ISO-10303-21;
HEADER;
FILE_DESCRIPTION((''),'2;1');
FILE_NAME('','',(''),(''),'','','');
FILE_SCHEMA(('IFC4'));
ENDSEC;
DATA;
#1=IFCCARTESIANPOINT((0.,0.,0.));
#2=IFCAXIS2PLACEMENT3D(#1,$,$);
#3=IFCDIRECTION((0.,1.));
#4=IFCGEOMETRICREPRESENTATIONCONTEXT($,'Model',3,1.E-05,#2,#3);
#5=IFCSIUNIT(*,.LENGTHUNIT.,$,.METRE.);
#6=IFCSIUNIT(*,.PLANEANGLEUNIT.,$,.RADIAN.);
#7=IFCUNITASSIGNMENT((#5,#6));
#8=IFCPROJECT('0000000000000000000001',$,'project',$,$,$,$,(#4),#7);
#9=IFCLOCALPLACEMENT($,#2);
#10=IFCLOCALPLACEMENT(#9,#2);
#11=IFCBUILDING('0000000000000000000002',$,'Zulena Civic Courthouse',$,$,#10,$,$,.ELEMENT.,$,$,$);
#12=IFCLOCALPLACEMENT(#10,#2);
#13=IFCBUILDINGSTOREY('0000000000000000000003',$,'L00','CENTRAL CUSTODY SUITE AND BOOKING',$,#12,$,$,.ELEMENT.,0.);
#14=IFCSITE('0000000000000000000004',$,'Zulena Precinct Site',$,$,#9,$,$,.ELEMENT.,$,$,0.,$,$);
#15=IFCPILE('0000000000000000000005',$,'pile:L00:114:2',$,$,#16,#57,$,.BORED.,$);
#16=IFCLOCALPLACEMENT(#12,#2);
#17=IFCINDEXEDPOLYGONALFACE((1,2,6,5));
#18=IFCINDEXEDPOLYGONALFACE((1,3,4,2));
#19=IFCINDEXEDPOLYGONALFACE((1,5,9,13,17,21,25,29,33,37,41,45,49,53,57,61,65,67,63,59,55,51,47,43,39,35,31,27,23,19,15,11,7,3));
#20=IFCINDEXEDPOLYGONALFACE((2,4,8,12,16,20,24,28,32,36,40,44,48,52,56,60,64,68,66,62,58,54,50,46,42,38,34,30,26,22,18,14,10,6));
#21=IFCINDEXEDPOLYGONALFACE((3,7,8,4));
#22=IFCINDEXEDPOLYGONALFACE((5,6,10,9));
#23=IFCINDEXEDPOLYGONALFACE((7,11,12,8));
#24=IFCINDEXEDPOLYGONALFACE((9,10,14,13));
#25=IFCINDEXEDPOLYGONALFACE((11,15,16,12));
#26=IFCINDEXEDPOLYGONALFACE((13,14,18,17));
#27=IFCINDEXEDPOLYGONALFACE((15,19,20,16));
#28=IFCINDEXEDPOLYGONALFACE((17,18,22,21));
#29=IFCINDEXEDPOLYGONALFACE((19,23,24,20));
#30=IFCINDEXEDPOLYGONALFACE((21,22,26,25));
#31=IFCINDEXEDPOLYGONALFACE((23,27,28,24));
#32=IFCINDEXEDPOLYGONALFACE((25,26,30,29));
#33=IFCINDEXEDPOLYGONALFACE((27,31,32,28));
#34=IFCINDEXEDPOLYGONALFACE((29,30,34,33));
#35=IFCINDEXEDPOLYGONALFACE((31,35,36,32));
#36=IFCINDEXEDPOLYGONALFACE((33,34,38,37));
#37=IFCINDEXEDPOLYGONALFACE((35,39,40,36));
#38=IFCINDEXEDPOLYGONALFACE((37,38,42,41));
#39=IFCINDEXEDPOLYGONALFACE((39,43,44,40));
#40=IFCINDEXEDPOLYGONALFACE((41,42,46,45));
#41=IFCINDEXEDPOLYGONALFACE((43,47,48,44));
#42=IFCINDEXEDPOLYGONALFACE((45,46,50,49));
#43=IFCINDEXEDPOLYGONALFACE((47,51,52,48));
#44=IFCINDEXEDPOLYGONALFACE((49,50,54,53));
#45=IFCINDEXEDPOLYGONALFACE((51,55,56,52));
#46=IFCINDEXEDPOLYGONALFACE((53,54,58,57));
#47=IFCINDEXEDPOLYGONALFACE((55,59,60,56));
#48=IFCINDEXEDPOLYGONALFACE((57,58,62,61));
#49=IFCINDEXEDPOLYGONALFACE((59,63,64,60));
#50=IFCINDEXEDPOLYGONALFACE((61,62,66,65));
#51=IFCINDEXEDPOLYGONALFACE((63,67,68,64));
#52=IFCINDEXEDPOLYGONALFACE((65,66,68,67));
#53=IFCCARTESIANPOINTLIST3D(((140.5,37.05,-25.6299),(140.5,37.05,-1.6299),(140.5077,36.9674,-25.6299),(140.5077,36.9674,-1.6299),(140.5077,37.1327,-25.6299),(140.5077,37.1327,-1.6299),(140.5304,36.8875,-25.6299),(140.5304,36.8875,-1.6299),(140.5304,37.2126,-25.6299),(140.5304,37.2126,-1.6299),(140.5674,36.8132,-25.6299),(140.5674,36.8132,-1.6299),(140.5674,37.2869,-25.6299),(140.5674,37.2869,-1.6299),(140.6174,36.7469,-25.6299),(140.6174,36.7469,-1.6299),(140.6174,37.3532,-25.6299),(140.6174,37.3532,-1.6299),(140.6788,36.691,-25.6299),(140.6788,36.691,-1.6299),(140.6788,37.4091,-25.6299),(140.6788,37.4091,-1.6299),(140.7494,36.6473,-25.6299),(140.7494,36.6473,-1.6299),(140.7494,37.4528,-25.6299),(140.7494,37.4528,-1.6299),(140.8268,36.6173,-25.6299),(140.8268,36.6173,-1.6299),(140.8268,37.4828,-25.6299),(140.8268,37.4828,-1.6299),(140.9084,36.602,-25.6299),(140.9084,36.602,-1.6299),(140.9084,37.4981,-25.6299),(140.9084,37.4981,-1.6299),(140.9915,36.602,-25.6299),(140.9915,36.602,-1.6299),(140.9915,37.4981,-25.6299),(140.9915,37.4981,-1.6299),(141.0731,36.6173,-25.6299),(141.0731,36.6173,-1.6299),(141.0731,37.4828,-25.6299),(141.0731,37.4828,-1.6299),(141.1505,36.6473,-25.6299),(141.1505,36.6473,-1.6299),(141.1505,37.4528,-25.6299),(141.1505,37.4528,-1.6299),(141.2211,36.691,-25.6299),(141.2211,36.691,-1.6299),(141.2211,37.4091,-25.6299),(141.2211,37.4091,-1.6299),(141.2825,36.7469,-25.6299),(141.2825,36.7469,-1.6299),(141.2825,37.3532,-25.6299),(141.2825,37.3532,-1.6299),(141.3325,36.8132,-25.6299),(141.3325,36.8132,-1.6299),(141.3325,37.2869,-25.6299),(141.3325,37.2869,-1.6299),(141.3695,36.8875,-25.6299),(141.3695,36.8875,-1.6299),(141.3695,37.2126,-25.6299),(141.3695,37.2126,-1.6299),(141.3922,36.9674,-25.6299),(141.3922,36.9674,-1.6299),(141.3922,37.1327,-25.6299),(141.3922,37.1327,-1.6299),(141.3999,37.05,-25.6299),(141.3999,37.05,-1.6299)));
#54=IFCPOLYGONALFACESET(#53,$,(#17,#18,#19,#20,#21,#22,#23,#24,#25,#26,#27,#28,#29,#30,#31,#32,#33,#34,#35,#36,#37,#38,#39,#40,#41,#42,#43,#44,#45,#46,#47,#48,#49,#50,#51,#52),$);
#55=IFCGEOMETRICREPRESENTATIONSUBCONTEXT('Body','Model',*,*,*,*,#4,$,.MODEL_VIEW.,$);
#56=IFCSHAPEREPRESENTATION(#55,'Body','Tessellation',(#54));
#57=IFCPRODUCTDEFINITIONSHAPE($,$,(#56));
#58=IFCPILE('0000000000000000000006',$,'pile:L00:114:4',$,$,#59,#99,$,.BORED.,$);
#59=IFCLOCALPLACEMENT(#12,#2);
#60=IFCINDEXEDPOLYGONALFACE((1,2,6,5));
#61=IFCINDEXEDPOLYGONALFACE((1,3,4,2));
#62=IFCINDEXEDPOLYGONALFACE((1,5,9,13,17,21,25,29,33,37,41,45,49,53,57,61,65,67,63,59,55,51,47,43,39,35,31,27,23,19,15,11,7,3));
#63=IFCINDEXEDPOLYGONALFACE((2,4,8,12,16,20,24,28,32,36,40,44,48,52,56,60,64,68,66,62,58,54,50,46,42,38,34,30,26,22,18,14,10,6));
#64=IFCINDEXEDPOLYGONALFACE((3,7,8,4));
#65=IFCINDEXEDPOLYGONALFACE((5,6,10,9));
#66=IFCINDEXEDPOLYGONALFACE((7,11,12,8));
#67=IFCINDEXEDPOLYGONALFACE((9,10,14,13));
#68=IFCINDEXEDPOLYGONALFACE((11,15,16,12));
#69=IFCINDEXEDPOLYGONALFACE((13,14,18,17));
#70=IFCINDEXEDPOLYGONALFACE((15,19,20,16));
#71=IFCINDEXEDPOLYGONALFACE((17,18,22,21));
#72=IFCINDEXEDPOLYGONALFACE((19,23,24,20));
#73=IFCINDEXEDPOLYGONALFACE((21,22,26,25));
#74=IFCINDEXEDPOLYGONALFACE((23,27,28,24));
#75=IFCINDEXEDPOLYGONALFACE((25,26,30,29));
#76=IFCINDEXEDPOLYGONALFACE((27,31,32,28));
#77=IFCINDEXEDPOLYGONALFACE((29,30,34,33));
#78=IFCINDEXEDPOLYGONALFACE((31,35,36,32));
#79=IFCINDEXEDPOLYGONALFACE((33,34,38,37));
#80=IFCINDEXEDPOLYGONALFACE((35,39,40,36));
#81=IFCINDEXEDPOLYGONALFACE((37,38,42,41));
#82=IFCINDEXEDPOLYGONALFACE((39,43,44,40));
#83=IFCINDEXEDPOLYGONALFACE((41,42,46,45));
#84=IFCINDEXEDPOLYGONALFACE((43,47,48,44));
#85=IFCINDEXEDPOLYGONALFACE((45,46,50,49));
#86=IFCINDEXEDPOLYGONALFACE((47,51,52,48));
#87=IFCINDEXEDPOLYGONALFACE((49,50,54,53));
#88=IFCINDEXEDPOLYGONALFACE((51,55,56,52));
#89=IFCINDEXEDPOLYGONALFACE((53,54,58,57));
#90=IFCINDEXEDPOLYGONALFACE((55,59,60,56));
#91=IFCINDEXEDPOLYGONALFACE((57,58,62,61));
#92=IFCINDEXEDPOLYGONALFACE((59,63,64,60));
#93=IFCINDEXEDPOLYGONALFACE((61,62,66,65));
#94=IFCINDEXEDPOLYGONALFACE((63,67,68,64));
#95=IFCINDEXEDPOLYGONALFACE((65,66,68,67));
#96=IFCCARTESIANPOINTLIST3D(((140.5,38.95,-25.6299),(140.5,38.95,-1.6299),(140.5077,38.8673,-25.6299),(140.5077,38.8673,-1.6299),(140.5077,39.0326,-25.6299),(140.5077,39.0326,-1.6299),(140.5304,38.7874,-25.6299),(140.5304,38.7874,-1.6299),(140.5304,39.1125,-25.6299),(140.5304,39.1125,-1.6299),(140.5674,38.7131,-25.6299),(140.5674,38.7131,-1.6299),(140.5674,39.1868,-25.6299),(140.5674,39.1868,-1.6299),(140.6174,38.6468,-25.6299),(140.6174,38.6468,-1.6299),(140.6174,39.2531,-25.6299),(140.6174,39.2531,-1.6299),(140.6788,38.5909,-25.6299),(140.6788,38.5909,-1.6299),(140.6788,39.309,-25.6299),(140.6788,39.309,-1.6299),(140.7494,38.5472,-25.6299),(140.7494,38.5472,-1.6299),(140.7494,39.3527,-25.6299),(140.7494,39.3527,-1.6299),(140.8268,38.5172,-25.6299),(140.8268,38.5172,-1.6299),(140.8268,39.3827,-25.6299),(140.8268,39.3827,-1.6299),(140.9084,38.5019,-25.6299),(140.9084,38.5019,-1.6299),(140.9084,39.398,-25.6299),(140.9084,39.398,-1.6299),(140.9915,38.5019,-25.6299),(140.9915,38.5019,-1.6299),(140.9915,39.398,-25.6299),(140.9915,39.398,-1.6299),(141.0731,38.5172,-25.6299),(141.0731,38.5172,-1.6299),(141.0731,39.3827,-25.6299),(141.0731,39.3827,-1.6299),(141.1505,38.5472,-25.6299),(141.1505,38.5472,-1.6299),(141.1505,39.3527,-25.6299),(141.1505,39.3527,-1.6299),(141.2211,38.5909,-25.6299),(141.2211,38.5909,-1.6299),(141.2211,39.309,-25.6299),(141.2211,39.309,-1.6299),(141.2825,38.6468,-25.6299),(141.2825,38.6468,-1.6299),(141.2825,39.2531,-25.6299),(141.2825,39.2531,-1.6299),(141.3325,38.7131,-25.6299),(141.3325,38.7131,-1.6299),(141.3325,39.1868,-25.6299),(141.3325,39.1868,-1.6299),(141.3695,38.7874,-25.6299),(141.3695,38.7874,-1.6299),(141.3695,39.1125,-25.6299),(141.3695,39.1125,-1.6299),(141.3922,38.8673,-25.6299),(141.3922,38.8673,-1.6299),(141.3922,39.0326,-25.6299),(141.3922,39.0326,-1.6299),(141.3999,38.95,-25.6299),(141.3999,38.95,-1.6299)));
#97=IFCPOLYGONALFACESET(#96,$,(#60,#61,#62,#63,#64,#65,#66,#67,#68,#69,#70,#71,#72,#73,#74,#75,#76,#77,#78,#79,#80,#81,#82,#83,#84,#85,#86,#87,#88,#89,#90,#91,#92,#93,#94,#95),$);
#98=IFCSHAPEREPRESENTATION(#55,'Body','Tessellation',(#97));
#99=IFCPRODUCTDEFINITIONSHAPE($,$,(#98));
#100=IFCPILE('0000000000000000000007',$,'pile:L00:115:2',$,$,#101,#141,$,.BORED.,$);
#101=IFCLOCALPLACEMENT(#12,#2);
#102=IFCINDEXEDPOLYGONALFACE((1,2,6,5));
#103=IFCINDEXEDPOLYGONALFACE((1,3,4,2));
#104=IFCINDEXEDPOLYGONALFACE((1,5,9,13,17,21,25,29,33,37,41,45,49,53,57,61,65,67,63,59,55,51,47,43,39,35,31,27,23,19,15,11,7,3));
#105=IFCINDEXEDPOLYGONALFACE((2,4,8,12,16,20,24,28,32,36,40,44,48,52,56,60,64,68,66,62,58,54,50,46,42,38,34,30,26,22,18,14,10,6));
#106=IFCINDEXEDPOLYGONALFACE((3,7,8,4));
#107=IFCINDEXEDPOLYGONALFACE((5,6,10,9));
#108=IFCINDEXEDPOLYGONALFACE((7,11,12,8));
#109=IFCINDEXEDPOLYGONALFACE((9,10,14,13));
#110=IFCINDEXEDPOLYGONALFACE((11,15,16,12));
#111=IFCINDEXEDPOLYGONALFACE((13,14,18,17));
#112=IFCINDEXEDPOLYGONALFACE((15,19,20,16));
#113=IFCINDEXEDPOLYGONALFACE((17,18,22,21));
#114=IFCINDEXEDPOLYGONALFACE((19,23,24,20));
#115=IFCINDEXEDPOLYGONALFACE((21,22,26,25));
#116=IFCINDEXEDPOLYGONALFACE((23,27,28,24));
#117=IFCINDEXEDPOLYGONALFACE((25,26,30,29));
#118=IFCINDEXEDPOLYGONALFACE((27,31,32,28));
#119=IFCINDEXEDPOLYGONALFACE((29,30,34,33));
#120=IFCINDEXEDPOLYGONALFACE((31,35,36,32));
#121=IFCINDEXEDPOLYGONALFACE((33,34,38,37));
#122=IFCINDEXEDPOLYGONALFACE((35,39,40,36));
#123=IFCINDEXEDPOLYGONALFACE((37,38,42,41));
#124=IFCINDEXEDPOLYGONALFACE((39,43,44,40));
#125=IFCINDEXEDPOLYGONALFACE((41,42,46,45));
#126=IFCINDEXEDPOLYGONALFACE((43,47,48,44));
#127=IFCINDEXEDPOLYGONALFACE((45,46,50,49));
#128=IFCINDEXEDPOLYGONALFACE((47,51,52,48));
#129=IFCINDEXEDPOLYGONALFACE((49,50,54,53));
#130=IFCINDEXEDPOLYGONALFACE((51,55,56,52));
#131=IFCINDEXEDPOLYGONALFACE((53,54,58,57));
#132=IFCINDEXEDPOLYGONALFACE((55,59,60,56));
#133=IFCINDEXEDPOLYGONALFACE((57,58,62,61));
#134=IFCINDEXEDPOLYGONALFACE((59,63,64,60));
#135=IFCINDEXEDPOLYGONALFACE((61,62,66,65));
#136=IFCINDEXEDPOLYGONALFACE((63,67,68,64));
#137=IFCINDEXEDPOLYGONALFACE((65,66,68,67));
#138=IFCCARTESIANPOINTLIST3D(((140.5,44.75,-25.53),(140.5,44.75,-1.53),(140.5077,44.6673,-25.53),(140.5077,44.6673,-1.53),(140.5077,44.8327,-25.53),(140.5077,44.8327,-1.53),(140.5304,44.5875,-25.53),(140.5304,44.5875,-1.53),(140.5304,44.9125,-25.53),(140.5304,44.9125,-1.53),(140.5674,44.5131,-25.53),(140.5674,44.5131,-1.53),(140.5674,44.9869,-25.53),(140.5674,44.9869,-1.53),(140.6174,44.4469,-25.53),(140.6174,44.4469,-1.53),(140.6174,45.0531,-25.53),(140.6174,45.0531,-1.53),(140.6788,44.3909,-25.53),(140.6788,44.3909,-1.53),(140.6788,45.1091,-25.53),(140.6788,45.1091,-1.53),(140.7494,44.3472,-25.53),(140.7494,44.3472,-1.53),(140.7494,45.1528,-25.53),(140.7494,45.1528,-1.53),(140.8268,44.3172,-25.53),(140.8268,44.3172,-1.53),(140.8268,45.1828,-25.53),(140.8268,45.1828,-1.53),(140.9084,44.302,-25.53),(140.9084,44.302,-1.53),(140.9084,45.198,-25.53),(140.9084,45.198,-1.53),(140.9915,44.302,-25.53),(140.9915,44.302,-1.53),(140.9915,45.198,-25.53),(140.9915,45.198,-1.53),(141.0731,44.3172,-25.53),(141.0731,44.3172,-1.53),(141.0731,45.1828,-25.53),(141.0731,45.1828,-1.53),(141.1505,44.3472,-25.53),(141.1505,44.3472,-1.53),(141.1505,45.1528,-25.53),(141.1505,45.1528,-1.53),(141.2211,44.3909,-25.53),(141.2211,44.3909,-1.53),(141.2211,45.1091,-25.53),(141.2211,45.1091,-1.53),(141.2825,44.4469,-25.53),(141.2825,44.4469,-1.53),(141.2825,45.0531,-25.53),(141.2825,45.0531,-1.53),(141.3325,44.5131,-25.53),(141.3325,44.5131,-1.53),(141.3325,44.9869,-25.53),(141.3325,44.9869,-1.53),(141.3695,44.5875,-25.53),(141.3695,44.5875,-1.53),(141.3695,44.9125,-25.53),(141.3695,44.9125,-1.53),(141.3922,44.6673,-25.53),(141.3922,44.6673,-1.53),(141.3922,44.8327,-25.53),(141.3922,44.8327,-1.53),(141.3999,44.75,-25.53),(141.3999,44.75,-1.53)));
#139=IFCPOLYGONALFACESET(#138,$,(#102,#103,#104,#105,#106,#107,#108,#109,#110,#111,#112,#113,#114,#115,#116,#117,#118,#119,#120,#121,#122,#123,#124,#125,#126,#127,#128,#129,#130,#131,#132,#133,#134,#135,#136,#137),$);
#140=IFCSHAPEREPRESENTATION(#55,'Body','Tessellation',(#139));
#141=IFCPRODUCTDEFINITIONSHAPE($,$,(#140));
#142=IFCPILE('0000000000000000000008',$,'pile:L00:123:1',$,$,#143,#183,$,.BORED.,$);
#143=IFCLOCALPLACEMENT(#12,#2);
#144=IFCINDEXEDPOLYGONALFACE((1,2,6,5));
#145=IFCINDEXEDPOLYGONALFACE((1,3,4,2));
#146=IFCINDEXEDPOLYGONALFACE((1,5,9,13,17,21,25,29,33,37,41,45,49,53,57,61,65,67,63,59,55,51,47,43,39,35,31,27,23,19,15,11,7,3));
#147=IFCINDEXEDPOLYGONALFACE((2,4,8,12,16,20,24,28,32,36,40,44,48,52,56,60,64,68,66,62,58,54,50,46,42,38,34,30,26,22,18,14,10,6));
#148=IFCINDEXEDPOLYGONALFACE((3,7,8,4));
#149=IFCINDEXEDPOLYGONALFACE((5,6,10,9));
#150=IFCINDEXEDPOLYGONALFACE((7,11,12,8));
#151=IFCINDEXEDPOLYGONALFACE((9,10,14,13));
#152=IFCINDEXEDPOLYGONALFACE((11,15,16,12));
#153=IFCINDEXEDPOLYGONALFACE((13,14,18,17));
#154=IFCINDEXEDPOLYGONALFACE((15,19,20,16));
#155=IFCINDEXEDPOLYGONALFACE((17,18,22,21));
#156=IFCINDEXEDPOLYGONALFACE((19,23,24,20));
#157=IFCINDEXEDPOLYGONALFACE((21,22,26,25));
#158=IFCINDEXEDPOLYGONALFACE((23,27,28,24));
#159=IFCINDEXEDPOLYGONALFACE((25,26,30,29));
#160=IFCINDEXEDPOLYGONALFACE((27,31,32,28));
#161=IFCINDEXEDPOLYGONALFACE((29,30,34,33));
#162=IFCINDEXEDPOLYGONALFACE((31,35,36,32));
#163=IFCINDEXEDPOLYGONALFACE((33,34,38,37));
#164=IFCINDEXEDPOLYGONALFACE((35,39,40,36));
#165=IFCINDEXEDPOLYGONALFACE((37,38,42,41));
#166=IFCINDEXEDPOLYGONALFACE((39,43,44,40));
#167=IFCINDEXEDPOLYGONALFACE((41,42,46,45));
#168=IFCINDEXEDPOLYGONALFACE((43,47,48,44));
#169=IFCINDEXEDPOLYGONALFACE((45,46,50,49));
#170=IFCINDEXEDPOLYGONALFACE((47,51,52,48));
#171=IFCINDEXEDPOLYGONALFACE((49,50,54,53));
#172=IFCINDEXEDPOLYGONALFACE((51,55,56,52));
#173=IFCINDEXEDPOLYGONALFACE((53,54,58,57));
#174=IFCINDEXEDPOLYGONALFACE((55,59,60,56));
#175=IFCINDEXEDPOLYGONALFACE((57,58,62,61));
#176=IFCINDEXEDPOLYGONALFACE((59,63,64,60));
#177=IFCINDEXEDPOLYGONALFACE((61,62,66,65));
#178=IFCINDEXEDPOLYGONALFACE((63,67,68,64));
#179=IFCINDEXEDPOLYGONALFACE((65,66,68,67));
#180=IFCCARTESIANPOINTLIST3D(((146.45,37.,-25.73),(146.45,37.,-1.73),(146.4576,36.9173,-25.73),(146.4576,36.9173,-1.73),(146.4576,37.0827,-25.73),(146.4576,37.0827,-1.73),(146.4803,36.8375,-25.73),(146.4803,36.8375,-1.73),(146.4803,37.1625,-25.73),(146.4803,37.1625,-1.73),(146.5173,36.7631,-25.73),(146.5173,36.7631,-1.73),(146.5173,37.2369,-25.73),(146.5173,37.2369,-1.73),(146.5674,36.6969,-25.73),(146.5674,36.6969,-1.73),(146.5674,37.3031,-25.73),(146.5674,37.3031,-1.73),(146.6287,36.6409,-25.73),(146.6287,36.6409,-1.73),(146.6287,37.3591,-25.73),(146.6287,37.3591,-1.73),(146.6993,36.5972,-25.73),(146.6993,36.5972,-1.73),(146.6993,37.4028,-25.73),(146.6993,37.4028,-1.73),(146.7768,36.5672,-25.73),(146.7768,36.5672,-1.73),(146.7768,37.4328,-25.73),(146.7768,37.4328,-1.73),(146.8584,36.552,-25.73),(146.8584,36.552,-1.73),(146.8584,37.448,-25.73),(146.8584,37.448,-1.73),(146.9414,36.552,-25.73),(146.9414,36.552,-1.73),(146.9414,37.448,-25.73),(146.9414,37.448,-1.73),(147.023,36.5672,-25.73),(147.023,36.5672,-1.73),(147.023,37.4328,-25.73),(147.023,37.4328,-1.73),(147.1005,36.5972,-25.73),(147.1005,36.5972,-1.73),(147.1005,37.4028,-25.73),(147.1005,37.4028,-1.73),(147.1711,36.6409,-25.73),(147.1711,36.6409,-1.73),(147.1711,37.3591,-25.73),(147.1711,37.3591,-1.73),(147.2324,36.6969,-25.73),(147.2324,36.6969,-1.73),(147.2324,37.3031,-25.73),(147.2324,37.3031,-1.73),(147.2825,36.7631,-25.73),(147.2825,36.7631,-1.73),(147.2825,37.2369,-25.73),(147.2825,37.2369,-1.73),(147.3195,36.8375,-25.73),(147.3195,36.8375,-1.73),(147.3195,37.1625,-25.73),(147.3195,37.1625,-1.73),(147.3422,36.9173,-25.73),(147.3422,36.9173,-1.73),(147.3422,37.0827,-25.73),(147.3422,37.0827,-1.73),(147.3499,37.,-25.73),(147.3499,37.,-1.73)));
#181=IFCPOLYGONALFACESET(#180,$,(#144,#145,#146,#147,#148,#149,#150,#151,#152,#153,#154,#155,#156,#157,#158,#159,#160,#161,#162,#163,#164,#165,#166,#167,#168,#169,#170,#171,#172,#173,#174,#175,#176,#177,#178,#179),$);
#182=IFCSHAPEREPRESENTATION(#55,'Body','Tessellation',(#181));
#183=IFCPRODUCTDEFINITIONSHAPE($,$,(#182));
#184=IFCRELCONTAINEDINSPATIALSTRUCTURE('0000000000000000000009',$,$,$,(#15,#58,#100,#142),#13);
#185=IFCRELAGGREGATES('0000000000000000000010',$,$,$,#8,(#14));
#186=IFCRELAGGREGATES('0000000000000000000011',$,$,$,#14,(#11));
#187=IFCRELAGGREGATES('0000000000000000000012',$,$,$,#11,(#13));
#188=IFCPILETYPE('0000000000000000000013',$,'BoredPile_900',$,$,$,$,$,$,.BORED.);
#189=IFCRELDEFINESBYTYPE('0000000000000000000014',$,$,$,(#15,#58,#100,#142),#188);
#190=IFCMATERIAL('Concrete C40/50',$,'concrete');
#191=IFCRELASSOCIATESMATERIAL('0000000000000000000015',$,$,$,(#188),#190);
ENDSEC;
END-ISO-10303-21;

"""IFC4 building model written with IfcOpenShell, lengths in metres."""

from ifc_helpers import new_model, si_unit, direction, frame, origin, origin_2d, place, context, subcontext, project, spatial, circle, extrude, material, material_profile, profile_set, type_object, element, save


model = new_model("IFC4")

# Units and contexts
model_context = context("Model", 3, precision=1e-05, world=origin(), true_north=direction((0.0, 1.0)))
body_context = subcontext(model_context, "Body", "Model", "MODEL_VIEW")
ifc_project = project(units=[si_unit("LENGTHUNIT", "METRE"), si_unit("PLANEANGLEUNIT", "RADIAN")], contexts=[model_context])

# Site, building, storey
site_placement = place(None, origin())
site = spatial("IfcSite", under=ifc_project, at=site_placement, Name="Zulena Precinct Site", CompositionType="ELEMENT", RefElevation=0.0)
building_placement = place(site_placement, origin())
building = spatial("IfcBuilding", under=site, at=building_placement, Name="Zulena Civic Courthouse", CompositionType="ELEMENT")
storey_placement = place(building_placement, origin())
storey = spatial("IfcBuildingStorey", under=building, at=storey_placement, Name="L00", Description="CENTRAL CUSTODY SUITE AND BOOKING", CompositionType="ELEMENT", Elevation=0.0)

# Piles
ifc_material_1 = material(Name="Concrete C40/50", Category="concrete")
ifc_material_profile_1 = material_profile(ifc_material_1, circle(Radius=0.45, at=origin_2d()), Name="PILE900")
ifc_profile_set_1 = profile_set([ifc_material_profile_1], Name="Concrete C40/50")
pile_type = type_object("IfcPileType", Name="BoredPile_900", PredefinedType="BORED", material=ifc_profile_set_1)
for number, where, z_axis, x_axis, name in (
    (1, (140.95, 37.05, -1.6299), (0.0, 0.0, -1.0), (1.0, 0.0, 0.0), "pile:L00:114:2"),
    (2, (140.95, 38.95, -1.6299), (0.0, 0.0, -1.0), (1.0, 0.0, 0.0), "pile:L00:114:4"),
    (3, (140.95, 44.75, -1.53), (0.0, 0.0, -1.0), (1.0, 0.0, 0.0), "pile:L00:115:2"),
    (4, (146.8999, 37.0, -1.73), (0.0, 0.0, -1.0), (1.0, 0.0, 0.0), "pile:L00:123:1"),
):
    element("IfcPile", number, at=place(storey_placement, frame(where, z_axis=z_axis, x_axis=x_axis)), inside=storey, type_object=pile_type, Name=name, PredefinedType="BORED", context=body_context, shape_type="SweptSolid", body=[
        extrude(circle(Radius=0.45, at=origin_2d()), origin(), (0.0, 0.0, 1.0), 24.0),
    ])

save(model, "model.ifc")
